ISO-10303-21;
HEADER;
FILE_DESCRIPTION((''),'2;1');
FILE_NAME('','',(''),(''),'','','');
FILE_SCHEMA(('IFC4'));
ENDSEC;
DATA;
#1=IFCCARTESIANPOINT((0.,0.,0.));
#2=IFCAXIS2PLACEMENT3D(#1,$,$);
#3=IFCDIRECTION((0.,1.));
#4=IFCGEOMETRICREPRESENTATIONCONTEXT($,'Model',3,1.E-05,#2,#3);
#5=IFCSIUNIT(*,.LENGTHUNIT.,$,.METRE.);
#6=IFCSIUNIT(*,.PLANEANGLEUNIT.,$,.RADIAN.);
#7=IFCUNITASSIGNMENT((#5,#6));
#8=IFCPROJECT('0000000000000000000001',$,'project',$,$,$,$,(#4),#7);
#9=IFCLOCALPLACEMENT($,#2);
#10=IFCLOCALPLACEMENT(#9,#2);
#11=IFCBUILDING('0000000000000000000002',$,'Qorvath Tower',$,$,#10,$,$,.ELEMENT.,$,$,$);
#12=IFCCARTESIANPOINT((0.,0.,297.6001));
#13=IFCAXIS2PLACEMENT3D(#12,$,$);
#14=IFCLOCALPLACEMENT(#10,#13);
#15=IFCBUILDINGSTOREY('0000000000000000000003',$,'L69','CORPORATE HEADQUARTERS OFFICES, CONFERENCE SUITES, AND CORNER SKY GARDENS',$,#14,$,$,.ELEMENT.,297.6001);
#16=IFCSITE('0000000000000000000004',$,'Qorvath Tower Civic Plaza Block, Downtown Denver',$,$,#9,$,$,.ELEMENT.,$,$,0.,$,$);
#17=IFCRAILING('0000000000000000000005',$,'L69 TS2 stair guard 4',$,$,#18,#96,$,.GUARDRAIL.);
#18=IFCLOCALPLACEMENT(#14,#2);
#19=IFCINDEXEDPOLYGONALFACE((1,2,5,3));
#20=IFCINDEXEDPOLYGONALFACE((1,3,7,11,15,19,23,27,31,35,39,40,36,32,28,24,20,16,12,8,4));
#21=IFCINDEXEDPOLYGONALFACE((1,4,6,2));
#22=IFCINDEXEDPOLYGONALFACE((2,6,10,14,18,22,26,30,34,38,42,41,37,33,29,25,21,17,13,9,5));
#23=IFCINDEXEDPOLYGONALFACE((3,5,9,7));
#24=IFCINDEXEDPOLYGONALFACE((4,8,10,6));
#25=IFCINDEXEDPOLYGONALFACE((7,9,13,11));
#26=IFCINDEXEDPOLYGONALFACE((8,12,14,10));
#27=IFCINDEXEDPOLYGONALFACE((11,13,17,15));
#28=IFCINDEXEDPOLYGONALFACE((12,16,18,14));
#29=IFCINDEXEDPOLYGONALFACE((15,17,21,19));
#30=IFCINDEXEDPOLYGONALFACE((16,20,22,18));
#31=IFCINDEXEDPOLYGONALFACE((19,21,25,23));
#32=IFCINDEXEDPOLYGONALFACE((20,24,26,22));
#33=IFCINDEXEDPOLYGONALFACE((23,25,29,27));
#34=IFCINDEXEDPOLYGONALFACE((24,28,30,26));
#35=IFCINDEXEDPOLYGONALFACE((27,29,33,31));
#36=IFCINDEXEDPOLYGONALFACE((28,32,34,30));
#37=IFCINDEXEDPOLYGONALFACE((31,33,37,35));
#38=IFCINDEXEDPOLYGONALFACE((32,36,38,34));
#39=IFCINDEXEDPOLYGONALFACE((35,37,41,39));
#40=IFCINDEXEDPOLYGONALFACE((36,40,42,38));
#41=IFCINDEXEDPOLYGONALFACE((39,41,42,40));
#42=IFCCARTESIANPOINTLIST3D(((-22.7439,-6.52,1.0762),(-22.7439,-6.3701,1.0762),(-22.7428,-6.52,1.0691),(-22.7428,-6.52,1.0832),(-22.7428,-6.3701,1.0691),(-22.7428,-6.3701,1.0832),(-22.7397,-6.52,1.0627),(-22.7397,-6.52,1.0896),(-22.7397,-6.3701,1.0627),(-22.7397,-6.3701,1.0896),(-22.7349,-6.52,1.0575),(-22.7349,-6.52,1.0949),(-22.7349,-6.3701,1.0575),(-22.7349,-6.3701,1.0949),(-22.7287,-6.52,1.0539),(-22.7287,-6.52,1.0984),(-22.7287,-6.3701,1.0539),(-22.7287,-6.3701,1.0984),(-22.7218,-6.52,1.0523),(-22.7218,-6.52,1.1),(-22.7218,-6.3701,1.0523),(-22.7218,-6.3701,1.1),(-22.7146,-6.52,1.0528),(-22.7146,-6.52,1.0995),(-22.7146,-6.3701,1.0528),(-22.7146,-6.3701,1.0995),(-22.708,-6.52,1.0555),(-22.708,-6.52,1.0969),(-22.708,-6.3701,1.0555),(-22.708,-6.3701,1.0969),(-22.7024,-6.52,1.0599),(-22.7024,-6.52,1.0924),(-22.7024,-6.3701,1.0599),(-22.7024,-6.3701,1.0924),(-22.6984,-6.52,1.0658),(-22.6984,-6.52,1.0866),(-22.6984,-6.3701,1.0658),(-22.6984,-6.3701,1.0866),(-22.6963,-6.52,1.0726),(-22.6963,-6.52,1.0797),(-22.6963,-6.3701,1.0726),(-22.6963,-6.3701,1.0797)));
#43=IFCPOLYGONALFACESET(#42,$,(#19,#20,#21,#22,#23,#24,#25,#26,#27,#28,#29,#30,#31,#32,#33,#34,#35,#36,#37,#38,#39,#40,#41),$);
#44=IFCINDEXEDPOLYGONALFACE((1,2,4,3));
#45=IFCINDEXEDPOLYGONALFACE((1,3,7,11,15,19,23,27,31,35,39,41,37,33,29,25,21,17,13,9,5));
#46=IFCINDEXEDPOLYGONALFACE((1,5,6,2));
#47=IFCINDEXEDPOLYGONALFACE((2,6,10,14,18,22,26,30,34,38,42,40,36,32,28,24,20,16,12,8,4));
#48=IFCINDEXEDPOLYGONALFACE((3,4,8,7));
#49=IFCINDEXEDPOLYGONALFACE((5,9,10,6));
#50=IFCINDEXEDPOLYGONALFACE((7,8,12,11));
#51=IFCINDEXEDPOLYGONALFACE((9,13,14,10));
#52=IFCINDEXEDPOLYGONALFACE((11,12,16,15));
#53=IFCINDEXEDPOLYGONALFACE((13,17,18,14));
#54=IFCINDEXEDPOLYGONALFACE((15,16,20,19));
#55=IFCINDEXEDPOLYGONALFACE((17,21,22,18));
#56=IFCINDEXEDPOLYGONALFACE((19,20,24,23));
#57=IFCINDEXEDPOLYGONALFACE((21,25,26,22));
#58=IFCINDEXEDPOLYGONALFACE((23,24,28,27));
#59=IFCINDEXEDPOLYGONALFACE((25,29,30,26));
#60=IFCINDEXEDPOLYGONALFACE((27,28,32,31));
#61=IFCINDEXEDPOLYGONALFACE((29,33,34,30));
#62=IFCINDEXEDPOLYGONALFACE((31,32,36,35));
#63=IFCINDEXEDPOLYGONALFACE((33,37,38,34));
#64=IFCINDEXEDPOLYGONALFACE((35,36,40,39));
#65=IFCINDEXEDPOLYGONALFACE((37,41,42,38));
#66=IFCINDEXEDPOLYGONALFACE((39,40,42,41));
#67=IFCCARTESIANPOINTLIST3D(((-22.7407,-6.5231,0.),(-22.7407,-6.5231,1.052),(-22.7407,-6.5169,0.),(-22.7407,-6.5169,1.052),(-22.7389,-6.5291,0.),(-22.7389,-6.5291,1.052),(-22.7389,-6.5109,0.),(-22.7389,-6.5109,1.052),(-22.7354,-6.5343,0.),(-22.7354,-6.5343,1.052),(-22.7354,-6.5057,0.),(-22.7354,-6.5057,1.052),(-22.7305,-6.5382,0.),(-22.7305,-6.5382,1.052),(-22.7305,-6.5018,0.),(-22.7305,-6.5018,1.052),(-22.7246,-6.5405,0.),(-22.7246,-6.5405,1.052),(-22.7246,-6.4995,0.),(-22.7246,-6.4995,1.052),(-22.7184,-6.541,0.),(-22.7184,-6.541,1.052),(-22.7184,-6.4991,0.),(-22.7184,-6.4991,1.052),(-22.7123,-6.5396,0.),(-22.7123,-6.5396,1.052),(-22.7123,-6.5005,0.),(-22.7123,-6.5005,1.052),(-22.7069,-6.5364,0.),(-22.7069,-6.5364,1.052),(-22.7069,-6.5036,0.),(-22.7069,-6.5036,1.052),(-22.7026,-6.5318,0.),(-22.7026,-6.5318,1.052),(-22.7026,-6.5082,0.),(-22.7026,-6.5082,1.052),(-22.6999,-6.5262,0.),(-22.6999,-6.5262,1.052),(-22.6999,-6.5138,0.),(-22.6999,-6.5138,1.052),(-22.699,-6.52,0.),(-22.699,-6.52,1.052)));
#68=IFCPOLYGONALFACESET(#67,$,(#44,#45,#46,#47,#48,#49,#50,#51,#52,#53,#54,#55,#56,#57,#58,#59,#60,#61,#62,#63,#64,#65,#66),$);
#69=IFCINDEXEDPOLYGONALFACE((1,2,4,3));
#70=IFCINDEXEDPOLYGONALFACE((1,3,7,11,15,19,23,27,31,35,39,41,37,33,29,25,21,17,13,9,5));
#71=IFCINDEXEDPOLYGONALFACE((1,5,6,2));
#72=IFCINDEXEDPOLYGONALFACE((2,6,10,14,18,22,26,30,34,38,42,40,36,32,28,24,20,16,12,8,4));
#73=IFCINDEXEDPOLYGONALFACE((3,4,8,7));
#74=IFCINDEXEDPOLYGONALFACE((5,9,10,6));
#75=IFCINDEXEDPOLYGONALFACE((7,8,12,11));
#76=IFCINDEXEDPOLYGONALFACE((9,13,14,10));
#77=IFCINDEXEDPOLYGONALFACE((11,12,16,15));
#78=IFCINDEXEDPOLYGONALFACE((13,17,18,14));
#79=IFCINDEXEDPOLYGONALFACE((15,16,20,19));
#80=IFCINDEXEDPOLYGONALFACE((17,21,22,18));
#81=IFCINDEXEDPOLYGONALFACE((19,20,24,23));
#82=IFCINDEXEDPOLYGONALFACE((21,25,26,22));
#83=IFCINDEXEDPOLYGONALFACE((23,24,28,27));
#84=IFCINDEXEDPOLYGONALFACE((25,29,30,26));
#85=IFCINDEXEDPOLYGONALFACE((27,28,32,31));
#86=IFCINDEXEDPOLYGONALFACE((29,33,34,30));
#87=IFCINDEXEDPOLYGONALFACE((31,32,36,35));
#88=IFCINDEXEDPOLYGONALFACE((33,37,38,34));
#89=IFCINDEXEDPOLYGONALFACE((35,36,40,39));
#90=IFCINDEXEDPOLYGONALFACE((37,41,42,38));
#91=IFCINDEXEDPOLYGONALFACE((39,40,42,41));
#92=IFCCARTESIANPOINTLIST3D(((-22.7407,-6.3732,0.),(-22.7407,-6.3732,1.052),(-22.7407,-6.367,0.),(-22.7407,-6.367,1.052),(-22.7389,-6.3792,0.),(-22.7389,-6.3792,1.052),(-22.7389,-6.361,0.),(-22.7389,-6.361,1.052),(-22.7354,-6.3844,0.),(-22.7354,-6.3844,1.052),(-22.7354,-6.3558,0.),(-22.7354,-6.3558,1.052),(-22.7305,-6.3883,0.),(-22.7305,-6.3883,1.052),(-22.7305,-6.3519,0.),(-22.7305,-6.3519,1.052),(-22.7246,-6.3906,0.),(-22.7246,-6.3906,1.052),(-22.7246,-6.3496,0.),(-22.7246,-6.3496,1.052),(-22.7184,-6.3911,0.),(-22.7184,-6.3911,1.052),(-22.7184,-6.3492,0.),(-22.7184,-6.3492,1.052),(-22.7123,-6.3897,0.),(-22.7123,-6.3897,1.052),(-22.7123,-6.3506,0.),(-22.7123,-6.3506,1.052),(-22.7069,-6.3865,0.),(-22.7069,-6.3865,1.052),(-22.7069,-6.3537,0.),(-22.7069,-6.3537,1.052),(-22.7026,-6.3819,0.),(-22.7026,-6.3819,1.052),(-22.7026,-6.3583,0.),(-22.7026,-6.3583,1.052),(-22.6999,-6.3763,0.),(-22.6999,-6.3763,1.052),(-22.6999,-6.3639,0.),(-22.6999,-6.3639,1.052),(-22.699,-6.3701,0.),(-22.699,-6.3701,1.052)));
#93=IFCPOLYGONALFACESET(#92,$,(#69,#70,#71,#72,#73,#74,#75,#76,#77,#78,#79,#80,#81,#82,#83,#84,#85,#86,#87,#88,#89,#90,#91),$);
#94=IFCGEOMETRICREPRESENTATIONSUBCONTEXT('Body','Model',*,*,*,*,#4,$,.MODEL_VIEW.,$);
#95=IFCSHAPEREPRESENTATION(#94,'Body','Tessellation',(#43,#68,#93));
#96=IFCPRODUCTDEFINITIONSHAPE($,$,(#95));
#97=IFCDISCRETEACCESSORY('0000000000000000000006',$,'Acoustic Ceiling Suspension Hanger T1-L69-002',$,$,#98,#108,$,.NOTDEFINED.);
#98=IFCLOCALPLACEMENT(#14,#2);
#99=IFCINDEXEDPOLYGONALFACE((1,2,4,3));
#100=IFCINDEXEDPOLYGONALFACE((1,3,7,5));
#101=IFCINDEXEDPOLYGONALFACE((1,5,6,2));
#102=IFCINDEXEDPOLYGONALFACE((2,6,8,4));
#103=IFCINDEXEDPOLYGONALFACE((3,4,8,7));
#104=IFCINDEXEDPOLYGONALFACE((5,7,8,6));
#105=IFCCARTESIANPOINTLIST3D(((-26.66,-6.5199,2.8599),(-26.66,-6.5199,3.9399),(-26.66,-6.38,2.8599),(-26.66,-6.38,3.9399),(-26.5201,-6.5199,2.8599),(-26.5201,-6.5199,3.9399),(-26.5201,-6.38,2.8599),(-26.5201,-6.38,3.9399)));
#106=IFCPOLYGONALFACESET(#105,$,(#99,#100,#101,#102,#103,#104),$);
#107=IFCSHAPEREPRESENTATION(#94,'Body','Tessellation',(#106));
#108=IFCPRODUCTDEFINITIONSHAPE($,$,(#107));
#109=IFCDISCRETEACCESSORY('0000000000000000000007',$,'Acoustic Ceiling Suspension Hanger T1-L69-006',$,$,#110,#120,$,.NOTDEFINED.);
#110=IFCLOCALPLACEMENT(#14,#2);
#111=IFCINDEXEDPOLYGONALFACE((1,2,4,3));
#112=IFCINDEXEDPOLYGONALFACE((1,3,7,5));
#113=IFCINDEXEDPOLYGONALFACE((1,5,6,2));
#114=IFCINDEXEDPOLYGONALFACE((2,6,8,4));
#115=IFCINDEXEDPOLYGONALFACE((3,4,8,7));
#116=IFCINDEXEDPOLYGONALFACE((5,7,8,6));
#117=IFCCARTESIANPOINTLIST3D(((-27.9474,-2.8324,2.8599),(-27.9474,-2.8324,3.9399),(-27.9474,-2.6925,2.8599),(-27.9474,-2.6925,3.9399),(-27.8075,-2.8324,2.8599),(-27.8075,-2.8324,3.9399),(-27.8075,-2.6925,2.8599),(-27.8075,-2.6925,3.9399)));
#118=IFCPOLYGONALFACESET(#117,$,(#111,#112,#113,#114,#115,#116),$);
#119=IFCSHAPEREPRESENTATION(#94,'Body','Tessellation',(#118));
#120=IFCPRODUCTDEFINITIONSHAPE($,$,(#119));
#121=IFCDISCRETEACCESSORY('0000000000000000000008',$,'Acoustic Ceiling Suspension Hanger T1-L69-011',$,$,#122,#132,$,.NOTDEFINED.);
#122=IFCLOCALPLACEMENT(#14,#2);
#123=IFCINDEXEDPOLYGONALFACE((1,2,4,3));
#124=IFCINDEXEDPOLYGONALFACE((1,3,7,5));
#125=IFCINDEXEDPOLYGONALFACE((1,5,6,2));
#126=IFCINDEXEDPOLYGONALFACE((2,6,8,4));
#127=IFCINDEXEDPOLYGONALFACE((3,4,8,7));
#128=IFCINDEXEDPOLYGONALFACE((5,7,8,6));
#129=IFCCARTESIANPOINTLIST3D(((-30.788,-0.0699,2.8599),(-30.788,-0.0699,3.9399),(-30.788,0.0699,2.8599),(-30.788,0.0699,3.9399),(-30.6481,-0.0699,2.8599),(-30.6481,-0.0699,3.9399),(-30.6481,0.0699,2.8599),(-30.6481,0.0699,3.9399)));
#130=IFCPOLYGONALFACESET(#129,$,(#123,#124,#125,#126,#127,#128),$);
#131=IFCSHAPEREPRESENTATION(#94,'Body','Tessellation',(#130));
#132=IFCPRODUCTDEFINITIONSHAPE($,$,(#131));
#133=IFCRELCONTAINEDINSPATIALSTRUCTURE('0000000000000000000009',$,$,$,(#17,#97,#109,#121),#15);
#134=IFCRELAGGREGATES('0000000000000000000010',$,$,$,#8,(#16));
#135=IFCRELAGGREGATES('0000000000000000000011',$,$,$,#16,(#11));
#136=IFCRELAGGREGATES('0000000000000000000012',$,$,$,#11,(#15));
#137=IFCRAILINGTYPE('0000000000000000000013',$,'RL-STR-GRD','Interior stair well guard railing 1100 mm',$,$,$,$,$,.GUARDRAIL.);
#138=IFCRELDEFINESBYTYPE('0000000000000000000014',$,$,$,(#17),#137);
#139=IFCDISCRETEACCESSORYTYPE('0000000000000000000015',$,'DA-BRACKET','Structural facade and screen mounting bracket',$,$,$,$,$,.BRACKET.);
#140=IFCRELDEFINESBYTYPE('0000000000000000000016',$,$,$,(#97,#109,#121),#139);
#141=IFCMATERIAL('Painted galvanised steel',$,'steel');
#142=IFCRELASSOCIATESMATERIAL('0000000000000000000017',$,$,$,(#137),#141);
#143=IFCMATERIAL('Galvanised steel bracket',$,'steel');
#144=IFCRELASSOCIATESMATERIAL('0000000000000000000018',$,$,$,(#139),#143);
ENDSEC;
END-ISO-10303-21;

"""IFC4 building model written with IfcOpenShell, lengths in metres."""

from ifc_helpers import new_model, si_unit, direction, frame, origin, origin_2d, place, context, subcontext, project, spatial, rectangle, circle, extrude, material, type_object, element, save


model = new_model("IFC4")

# Units and contexts
model_context = context("Model", 3, precision=1e-05, world=origin(), true_north=direction((0.0, 1.0)))
body_context = subcontext(model_context, "Body", "Model", "MODEL_VIEW")
ifc_project = project(units=[si_unit("LENGTHUNIT", "METRE"), si_unit("PLANEANGLEUNIT", "RADIAN")], contexts=[model_context])

# Site, building, storey
site_placement = place(None, origin())
site = spatial("IfcSite", under=ifc_project, at=site_placement, Name="Qorvath Tower Civic Plaza Block, Downtown Denver", CompositionType="ELEMENT", RefElevation=0.0)
building_placement = place(site_placement, origin())
building = spatial("IfcBuilding", under=site, at=building_placement, Name="Qorvath Tower", CompositionType="ELEMENT")
storey_placement = place(building_placement, frame((0.0, 0.0, 297.6001)))
storey = spatial("IfcBuildingStorey", under=building, at=storey_placement, Name="L69", Description="CORPORATE HEADQUARTERS OFFICES, CONFERENCE SUITES, AND CORNER SKY GARDENS", CompositionType="ELEMENT", Elevation=297.6001)

# Railing
ifc_material_1 = material(Name="Painted galvanised steel", Category="steel")
railing_type = type_object("IfcRailingType", Name="RL-STR-GRD", Description="Interior stair well guard railing 1100 mm", PredefinedType="GUARDRAIL", material=ifc_material_1)
railing_1_placement = place(storey_placement, frame((-22.72, -6.52, 0.0)))
element("IfcRailing", 1, at=railing_1_placement, inside=storey, type_object=railing_type, Name="L69 TS2 stair guard 4", PredefinedType="GUARDRAIL", context=body_context, shape_type="SweptSolid", body=[
    extrude(circle(Radius=0.0239, at=origin_2d()), frame((0.0, 0.0, 1.0762), z_axis=(0.0, 1.0, 0.0), x_axis=(-1.0, 0.0, 0.0)), (0.0, 0.0, 1.0), 0.1499),
    extrude(circle(Radius=0.021, at=origin_2d()), origin(), (0.0, 0.0, 1.0), 1.052),
    extrude(circle(Radius=0.021, at=origin_2d()), frame((0.0, 0.1499, 0.0)), (0.0, 0.0, 1.0), 1.052),
])

# Discrete accessories
ifc_material_2 = material(Name="Galvanised steel bracket", Category="steel")
discrete_accessory_type = type_object("IfcDiscreteAccessoryType", Name="DA-BRACKET", Description="Structural facade and screen mounting bracket", PredefinedType="BRACKET", material=ifc_material_2)
for number, where, z_axis, x_axis, name in (
    (2, (-26.5901, -6.45, 2.8599), (0.0, 0.0, 1.0), (1.0, 0.0, 0.0), "Acoustic Ceiling Suspension Hanger T1-L69-002"),
    (3, (-27.8774, -2.7625, 2.8599), (0.0, 0.0, 1.0), (1.0, 0.0, 0.0), "Acoustic Ceiling Suspension Hanger T1-L69-006"),
    (4, (-30.718, 0.0, 2.8599), (0.0, 0.0, 1.0), (1.0, 0.0, 0.0), "Acoustic Ceiling Suspension Hanger T1-L69-011"),
):
    element("IfcDiscreteAccessory", number, at=place(storey_placement, frame(where, z_axis=z_axis, x_axis=x_axis)), inside=storey, type_object=discrete_accessory_type, Name=name, PredefinedType="NOTDEFINED", context=body_context, shape_type="SweptSolid", body=[
        extrude(rectangle(XDim=0.1399, YDim=0.1399, at=origin_2d()), origin(), (0.0, 0.0, 1.0), 1.0801),
    ])

save(model, "model.ifc")
